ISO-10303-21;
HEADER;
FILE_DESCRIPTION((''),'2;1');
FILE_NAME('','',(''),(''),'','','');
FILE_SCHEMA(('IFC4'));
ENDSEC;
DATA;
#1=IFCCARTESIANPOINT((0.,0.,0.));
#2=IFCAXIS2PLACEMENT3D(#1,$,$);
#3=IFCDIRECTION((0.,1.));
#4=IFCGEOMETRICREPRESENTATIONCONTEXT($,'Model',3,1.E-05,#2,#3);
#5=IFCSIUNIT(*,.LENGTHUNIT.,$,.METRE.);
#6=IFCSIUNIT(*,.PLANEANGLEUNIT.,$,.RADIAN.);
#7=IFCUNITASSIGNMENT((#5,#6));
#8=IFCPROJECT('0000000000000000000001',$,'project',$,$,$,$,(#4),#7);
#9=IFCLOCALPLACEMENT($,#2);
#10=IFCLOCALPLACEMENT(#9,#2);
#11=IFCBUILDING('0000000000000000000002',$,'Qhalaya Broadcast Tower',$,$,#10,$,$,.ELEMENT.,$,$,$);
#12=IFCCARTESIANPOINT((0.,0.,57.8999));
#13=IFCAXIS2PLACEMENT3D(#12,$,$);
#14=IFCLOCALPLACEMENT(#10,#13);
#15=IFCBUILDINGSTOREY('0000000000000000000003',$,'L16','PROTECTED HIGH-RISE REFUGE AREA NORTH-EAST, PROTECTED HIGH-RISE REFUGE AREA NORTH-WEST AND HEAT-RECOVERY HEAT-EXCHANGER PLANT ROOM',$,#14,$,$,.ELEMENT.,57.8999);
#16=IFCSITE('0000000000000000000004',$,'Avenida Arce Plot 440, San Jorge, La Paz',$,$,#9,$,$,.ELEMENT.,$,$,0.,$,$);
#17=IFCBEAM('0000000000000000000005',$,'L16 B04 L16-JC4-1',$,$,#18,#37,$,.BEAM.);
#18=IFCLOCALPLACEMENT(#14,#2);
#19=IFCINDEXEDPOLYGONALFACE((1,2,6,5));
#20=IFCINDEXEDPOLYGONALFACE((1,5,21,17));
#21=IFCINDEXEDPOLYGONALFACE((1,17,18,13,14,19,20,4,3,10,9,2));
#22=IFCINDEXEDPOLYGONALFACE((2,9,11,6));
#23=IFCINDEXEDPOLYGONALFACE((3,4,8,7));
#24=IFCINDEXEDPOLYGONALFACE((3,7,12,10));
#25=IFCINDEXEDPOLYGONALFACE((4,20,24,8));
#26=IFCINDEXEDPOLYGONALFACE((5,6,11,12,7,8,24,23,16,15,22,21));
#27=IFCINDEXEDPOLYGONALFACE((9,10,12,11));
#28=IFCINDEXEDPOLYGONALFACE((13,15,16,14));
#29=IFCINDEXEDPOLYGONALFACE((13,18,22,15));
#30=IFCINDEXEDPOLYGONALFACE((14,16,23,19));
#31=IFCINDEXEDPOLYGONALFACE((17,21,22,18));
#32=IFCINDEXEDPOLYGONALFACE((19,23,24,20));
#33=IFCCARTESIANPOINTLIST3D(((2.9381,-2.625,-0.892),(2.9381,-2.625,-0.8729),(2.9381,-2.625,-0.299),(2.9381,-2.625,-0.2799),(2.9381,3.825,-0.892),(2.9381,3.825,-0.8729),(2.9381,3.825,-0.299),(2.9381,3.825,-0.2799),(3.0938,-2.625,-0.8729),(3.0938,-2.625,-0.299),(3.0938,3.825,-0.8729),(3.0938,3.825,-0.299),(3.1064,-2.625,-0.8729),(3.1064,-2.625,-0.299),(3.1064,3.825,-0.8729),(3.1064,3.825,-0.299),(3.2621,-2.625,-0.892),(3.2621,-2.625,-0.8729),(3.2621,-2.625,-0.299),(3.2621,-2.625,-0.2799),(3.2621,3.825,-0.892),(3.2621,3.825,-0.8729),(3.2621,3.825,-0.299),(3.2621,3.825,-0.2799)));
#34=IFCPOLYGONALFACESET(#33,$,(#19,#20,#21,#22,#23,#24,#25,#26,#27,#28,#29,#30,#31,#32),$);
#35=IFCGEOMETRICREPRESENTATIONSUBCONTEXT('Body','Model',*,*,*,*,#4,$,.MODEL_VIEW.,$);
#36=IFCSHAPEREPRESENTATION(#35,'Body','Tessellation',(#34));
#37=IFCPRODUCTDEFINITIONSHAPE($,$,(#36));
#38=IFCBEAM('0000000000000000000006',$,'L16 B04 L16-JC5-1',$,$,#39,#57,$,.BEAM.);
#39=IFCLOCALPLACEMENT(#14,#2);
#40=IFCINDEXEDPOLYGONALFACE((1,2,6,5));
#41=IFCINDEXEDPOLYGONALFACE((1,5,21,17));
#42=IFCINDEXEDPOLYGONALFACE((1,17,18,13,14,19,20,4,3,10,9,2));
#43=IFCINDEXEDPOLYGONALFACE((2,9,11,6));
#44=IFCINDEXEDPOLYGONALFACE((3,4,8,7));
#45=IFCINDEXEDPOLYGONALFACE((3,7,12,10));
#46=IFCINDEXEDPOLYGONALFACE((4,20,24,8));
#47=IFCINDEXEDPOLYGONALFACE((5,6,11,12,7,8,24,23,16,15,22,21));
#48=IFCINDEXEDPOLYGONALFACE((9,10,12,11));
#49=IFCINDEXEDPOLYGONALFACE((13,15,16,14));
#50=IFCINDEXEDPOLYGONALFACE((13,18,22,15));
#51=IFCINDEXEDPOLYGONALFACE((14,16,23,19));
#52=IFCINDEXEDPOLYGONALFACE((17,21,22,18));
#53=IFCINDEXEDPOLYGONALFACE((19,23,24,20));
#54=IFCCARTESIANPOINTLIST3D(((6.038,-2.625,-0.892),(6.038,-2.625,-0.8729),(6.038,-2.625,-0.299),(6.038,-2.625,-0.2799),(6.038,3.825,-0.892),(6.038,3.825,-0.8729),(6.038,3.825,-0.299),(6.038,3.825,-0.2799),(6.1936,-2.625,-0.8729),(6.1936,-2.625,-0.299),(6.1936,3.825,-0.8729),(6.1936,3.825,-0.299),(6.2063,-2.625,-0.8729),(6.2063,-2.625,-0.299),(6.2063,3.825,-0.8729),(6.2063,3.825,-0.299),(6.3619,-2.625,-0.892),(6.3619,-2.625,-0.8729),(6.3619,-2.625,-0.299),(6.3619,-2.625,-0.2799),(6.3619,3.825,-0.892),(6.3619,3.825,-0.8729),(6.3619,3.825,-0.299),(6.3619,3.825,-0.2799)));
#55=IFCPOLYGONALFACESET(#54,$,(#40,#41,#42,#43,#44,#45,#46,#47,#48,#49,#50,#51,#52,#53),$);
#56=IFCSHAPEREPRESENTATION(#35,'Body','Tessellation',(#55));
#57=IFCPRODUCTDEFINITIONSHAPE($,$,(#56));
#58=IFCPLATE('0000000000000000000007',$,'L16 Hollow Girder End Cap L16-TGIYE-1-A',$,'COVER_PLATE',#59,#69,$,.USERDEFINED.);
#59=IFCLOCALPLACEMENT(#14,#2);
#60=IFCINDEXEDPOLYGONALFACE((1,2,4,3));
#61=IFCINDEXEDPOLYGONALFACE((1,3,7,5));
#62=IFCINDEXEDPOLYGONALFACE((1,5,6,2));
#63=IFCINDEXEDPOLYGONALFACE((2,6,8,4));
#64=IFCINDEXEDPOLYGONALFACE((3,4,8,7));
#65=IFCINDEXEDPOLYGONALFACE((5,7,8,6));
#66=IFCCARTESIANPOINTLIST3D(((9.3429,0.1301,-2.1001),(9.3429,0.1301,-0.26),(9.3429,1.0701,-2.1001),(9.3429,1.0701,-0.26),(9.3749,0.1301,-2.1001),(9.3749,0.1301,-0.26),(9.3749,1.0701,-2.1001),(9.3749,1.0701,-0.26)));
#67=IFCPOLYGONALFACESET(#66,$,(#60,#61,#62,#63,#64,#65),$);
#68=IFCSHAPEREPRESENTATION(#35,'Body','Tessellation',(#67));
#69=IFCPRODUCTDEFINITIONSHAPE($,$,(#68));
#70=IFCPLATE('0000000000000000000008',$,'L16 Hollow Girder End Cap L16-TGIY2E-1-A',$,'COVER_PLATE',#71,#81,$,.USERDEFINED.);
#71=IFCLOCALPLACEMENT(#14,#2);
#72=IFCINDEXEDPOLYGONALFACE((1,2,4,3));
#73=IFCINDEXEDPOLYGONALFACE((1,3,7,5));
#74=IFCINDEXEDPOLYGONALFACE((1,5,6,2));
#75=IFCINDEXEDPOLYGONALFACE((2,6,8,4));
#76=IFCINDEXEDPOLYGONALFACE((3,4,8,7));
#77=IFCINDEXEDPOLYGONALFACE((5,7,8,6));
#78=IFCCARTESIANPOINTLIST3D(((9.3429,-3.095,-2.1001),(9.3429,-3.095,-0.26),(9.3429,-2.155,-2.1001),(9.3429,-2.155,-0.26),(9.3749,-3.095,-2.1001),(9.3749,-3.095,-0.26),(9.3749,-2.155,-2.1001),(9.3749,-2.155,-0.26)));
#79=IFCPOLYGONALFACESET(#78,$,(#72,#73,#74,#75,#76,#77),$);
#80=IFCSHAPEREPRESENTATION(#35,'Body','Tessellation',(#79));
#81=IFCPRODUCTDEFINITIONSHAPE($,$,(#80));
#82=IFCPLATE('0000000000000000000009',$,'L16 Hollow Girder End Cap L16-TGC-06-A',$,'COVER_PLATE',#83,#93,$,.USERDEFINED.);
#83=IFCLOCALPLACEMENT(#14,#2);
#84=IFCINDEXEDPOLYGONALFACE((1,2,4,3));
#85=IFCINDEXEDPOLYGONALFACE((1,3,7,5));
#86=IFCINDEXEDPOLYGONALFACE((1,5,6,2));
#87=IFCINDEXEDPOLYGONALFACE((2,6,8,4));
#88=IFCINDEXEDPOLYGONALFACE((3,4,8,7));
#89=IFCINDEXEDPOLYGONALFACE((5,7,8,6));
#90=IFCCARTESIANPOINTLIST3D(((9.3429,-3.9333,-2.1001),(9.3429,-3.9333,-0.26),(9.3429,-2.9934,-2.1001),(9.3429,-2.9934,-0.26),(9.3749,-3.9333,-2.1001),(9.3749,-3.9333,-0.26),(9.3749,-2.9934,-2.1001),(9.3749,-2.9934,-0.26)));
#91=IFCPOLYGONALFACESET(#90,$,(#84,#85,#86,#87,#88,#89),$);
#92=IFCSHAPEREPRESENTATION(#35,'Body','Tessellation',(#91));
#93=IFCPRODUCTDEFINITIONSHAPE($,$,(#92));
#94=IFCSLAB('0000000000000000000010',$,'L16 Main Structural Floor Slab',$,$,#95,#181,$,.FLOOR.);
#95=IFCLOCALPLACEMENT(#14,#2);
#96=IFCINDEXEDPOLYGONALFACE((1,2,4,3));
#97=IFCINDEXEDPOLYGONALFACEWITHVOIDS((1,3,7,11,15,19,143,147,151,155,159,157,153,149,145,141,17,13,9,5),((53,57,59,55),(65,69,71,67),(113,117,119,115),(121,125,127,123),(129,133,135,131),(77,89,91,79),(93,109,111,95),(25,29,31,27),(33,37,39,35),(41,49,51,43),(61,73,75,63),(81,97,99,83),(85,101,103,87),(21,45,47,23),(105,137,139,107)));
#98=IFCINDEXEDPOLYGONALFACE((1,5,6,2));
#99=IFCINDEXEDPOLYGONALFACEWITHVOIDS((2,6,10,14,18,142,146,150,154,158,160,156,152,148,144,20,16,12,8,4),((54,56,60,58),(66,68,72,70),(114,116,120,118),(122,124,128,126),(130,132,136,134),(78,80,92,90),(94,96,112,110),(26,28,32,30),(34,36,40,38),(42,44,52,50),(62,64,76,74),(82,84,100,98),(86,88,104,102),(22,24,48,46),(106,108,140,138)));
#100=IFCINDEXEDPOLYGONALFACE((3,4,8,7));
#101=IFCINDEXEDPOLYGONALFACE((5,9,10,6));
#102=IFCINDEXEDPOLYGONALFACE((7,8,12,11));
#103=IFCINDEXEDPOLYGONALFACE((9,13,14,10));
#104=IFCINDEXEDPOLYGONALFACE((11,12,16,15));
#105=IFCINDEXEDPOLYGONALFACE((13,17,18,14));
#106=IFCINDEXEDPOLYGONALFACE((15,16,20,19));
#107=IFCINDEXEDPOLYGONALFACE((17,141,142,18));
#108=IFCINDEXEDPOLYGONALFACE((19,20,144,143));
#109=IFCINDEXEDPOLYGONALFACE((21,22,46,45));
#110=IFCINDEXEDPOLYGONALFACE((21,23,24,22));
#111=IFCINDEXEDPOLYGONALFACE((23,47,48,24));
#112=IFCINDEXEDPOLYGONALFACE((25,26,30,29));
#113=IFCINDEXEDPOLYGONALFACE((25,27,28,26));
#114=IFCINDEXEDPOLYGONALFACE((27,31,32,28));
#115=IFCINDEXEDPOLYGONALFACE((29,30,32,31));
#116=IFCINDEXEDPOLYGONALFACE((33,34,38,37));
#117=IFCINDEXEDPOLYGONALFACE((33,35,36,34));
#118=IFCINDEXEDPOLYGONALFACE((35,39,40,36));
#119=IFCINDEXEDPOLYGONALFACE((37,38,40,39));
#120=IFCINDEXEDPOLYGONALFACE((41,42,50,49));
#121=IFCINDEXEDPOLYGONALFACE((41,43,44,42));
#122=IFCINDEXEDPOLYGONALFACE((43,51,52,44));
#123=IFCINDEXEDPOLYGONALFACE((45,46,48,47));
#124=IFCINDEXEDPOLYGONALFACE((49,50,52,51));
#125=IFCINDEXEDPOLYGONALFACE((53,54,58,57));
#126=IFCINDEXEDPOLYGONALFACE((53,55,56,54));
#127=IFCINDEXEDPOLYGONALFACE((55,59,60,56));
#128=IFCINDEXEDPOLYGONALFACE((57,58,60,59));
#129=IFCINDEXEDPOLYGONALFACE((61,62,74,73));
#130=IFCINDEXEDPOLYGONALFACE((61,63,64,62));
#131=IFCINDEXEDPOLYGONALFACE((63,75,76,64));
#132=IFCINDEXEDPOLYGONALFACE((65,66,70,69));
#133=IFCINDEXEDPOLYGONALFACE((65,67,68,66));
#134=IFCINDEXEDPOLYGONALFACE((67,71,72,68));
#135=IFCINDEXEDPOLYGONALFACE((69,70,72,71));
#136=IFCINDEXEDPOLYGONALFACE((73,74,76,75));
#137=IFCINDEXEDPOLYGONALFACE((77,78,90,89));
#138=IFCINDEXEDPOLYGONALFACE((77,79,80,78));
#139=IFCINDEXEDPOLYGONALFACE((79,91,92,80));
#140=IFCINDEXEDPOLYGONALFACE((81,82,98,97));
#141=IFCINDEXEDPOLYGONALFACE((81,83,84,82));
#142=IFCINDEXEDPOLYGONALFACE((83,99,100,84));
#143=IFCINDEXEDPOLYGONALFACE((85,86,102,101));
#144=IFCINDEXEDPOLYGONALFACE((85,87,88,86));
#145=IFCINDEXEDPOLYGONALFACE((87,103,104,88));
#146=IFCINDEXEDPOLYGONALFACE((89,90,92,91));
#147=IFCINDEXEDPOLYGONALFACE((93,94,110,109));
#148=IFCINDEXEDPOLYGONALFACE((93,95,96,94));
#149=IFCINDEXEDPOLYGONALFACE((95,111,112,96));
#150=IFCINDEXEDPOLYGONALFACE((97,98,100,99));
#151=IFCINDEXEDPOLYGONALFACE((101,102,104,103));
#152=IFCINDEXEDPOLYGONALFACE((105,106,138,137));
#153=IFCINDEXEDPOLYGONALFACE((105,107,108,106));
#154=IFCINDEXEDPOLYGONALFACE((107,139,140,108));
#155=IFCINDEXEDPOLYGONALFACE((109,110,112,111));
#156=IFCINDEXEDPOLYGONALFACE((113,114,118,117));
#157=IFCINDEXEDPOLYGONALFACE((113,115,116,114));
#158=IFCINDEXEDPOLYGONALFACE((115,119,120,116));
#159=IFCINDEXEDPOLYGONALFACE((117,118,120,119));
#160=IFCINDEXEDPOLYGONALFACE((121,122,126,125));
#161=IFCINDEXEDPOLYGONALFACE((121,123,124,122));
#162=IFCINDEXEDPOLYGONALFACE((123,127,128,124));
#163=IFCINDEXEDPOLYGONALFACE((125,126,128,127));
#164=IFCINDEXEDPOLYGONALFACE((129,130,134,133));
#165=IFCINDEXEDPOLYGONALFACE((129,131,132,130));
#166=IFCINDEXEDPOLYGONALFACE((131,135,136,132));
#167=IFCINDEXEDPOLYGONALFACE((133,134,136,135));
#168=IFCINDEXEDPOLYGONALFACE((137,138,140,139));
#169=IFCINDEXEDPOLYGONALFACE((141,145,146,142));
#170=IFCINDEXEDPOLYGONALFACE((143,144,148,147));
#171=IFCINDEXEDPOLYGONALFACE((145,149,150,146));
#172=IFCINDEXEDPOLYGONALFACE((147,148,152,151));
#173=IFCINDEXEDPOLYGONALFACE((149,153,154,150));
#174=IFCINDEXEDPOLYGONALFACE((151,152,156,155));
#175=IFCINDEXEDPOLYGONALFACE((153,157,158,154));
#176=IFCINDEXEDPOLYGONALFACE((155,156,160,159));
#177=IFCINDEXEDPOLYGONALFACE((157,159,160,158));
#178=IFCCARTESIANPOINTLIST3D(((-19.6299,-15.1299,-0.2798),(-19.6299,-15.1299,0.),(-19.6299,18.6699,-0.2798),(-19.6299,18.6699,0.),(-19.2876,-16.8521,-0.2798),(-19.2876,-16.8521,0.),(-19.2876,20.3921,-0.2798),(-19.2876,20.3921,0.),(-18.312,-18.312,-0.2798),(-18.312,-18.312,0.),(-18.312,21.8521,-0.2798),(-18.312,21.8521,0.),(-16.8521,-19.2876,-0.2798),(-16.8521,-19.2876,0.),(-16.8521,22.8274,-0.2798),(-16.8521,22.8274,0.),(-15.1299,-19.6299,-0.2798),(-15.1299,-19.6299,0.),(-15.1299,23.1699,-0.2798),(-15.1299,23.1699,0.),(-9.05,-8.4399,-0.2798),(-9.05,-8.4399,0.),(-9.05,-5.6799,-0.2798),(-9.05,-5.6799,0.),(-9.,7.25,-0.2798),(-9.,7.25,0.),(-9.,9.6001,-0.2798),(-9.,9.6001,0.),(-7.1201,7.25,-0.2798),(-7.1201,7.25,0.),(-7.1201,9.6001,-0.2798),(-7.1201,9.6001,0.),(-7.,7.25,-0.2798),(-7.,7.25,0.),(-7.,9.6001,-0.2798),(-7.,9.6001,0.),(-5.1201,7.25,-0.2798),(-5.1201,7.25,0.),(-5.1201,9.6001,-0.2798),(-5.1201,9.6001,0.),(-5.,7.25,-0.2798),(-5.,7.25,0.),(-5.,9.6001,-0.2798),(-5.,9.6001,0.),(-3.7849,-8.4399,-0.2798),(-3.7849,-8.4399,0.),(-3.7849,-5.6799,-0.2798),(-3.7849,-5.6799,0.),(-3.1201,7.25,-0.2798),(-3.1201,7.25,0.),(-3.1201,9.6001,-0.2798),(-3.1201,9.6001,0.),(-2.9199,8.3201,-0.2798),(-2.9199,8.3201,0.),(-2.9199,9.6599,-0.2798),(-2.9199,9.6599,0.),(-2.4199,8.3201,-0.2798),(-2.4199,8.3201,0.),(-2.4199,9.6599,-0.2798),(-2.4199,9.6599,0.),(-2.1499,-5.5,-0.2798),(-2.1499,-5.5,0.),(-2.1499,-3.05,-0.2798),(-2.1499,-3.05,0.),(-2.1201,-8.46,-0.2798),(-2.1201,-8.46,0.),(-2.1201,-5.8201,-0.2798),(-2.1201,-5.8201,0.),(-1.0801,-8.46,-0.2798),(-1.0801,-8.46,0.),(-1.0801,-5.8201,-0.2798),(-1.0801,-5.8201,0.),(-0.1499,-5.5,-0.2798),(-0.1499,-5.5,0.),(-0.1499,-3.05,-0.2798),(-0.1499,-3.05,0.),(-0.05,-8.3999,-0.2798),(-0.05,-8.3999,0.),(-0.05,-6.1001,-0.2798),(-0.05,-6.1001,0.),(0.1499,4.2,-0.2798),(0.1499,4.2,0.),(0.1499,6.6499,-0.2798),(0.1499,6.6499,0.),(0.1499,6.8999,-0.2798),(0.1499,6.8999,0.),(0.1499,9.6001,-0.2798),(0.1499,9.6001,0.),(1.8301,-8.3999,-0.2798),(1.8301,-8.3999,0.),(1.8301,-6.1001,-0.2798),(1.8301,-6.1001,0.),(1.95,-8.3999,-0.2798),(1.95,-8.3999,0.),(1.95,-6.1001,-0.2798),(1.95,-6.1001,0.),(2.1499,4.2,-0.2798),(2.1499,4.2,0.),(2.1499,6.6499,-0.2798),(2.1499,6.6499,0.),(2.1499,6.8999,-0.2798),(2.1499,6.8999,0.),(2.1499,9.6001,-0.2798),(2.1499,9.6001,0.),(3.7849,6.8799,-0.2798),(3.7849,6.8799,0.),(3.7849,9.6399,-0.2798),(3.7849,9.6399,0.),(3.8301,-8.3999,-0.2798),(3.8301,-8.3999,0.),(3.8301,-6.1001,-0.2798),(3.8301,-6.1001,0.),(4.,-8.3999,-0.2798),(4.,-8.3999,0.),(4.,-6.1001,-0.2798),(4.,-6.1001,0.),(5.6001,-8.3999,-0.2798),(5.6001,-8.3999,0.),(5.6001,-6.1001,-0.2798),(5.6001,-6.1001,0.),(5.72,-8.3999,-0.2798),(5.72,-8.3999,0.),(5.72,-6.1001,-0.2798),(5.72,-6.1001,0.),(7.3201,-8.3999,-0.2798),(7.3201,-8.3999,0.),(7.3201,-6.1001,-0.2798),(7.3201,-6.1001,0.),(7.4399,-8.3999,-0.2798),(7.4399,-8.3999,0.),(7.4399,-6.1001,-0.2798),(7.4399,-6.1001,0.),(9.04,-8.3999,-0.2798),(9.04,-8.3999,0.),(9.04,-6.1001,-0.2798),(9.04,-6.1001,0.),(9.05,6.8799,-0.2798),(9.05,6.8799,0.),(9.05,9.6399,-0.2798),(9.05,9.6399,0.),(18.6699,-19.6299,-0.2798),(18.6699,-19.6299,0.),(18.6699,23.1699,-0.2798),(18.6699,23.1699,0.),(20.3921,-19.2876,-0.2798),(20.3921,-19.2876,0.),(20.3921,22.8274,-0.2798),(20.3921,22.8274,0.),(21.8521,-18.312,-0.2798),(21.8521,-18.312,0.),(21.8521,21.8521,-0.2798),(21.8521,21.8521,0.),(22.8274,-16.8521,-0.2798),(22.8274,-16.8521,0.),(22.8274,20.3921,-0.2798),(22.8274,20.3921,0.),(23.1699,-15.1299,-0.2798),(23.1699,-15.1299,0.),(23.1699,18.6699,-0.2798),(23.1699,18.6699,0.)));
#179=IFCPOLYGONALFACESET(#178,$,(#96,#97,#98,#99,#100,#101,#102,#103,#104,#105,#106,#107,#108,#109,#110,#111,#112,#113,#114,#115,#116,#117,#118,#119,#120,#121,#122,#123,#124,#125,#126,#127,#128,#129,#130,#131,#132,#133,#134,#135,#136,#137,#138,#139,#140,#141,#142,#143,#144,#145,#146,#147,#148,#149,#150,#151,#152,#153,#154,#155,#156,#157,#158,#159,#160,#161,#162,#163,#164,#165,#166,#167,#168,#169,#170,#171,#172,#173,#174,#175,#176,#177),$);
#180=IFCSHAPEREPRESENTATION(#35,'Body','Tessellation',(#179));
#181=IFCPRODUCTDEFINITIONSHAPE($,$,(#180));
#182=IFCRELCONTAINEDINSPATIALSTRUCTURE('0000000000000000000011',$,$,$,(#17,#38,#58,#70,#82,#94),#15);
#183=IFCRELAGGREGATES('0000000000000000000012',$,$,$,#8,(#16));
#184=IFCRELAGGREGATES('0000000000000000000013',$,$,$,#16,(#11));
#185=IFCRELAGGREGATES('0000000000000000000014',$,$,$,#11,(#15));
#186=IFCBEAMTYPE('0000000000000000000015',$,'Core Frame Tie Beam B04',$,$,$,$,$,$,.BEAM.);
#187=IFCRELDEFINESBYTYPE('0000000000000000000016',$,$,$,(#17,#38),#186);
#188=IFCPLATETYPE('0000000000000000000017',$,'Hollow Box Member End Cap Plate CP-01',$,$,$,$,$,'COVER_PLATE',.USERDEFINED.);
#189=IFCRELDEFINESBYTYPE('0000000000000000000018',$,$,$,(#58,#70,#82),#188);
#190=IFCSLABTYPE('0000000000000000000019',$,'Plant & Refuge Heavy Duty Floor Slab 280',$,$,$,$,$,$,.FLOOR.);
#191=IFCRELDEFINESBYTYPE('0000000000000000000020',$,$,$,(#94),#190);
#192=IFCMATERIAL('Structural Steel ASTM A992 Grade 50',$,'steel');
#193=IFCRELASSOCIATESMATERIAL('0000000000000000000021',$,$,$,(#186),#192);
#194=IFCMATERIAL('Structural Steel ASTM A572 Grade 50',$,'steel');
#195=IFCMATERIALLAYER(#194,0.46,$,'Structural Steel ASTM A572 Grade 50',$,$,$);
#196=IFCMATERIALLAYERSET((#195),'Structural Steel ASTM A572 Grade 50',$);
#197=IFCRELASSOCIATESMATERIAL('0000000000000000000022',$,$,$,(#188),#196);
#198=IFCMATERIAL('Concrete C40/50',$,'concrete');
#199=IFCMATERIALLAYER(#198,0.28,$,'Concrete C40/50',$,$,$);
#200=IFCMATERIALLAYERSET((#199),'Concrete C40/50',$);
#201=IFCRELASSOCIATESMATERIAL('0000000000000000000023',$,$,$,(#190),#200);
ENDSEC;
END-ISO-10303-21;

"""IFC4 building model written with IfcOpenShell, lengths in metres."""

from ifc_helpers import new_model, si_unit, direction, frame, origin, origin_2d, place, context, subcontext, project, spatial, polyline, rectangle, i_section, outline, extrude, material, layer, layer_set, material_profile, profile_set, type_object, element, save


model = new_model("IFC4")

# Units and contexts
model_context = context("Model", 3, precision=1e-05, world=origin(), true_north=direction((0.0, 1.0)))
body_context = subcontext(model_context, "Body", "Model", "MODEL_VIEW")
ifc_project = project(units=[si_unit("LENGTHUNIT", "METRE"), si_unit("PLANEANGLEUNIT", "RADIAN")], contexts=[model_context])

# Site, building, storey
site_placement = place(None, origin())
site = spatial("IfcSite", under=ifc_project, at=site_placement, Name="Avenida Arce Plot 440, San Jorge, La Paz", CompositionType="ELEMENT", RefElevation=0.0)
building_placement = place(site_placement, origin())
building = spatial("IfcBuilding", under=site, at=building_placement, Name="Qhalaya Broadcast Tower", CompositionType="ELEMENT")
storey_placement = place(building_placement, frame((0.0, 0.0, 57.8999)))
storey = spatial("IfcBuildingStorey", under=building, at=storey_placement, Name="L16", Description="PROTECTED HIGH-RISE REFUGE AREA NORTH-EAST, PROTECTED HIGH-RISE REFUGE AREA NORTH-WEST AND HEAT-RECOVERY HEAT-EXCHANGER PLANT ROOM", CompositionType="ELEMENT", Elevation=57.8999)

# Beams
ifc_material_1 = material(Name="Structural Steel ASTM A992 Grade 50", Category="steel")
ifc_material_profile = material_profile(ifc_material_1, i_section(OverallWidth=0.324, OverallDepth=0.6121, WebThickness=0.0127, FlangeThickness=0.019, at=origin_2d()), Name="W24X104")
ifc_profile_set = profile_set([ifc_material_profile], Name="Structural Steel ASTM A992 Grade 50")
beam_type = type_object("IfcBeamType", Name="Core Frame Tie Beam B04", PredefinedType="BEAM", material=ifc_profile_set)
for number, where, z_axis, x_axis, name in (
    (1, (3.1001, -2.625, -0.5859), (0.0, 1.0, 0.0), (-1.0, 0.0, 0.0), "L16 B04 L16-JC4-1"),
    (2, (6.2, -2.625, -0.5859), (0.0, 1.0, 0.0), (-1.0, 0.0, 0.0), "L16 B04 L16-JC5-1"),
):
    element("IfcBeam", number, at=place(storey_placement, frame(where, z_axis=z_axis, x_axis=x_axis)), inside=storey, type_object=beam_type, Name=name, PredefinedType="BEAM", context=body_context, shape_type="SweptSolid", body=[
        extrude(i_section(OverallWidth=0.324, OverallDepth=0.6121, WebThickness=0.0127, FlangeThickness=0.019, at=origin_2d()), origin(), (0.0, 0.0, 1.0), 6.45),
    ])

# Plates
ifc_material_2 = material(Name="Structural Steel ASTM A572 Grade 50", Category="steel")
ifc_layer_1 = layer(ifc_material_2, 0.46, Name="Structural Steel ASTM A572 Grade 50")
ifc_layer_set_1 = layer_set([ifc_layer_1], Name="Structural Steel ASTM A572 Grade 50")
plate_type = type_object("IfcPlateType", Name="Hollow Box Member End Cap Plate CP-01", ElementType="COVER_PLATE", PredefinedType="USERDEFINED", material=ifc_layer_set_1)
for number, where, z_axis, x_axis, name in (
    (3, (9.3589, 0.6001, -2.1001), (0.0, 0.0, 1.0), (0.0, 1.0, 0.0), "L16 Hollow Girder End Cap L16-TGIYE-1-A"),
    (4, (9.3589, -2.625, -2.1001), (0.0, 0.0, 1.0), (0.0, 1.0, 0.0), "L16 Hollow Girder End Cap L16-TGIY2E-1-A"),
    (5, (9.3589, -3.4634, -2.1001), (0.0, 0.0, 1.0), (0.0, 1.0, 0.0), "L16 Hollow Girder End Cap L16-TGC-06-A"),
):
    element("IfcPlate", number, at=place(storey_placement, frame(where, z_axis=z_axis, x_axis=x_axis)), inside=storey, type_object=plate_type, Name=name, ObjectType="COVER_PLATE", PredefinedType="USERDEFINED", context=body_context, shape_type="SweptSolid", body=[
        extrude(rectangle(XDim=0.9399, YDim=0.032, at=origin_2d()), origin(), (0.0, 0.0, 1.0), 1.8401),
    ])

# Slab
ifc_material_3 = material(Name="Concrete C40/50", Category="concrete")
ifc_layer_2 = layer(ifc_material_3, 0.28, Name="Concrete C40/50")
ifc_layer_set_2 = layer_set([ifc_layer_2], Name="Concrete C40/50")
slab_type_1 = type_object("IfcSlabType", Name="Plant & Refuge Heavy Duty Floor Slab 280", PredefinedType="FLOOR", material=ifc_layer_set_2)
slab_1_placement = place(storey_placement, frame((0.0, 0.0, -0.2798)))
element("IfcSlab", 6, at=slab_1_placement, inside=storey, type_object=slab_type_1, Name="L16 Main Structural Floor Slab", PredefinedType="FLOOR", context=body_context, shape_type="SweptSolid", body=[
    extrude(outline(polyline([(18.6699, -19.6299), (20.3921, -19.2876), (21.8521, -18.312), (22.8274, -16.8521), (23.1699, -15.1299), (23.1699, 18.6699), (22.8274, 20.3921), (21.8521, 21.8521), (20.3921, 22.8274), (18.6699, 23.1699), (-15.1299, 23.1699), (-16.8521, 22.8274), (-18.312, 21.8521), (-19.2876, 20.3921), (-19.6299, 18.6699), (-19.6299, -15.1299), (-19.2876, -16.8521), (-18.312, -18.312), (-16.8521, -19.2876), (-15.1299, -19.6299), (18.6699, -19.6299)]), holes=[polyline([(3.7849, 9.6399), (9.05, 9.6399), (9.05, 6.8799), (3.7849, 6.8799), (3.7849, 9.6399)]), polyline([(-3.7849, -8.4399), (-9.05, -8.4399), (-9.05, -5.6799), (-3.7849, -5.6799), (-3.7849, -8.4399)]), polyline([(0.1499, 6.6499), (2.1499, 6.6499), (2.1499, 4.2), (0.1499, 4.2), (0.1499, 6.6499)]), polyline([(0.1499, 9.6001), (2.1499, 9.6001), (2.1499, 6.8999), (0.1499, 6.8999), (0.1499, 9.6001)]), polyline([(-2.1499, -3.05), (-0.1499, -3.05), (-0.1499, -5.5), (-2.1499, -5.5), (-2.1499, -3.05)]), polyline([(-9.0, 9.6001), (-7.1201, 9.6001), (-7.1201, 7.25), (-9.0, 7.25), (-9.0, 9.6001)]), polyline([(-7.0, 9.6001), (-5.1201, 9.6001), (-5.1201, 7.25), (-7.0, 7.25), (-7.0, 9.6001)]), polyline([(-5.0, 9.6001), (-3.1201, 9.6001), (-3.1201, 7.25), (-5.0, 7.25), (-5.0, 9.6001)]), polyline([(-0.05, -6.1001), (1.8301, -6.1001), (1.8301, -8.3999), (-0.05, -8.3999), (-0.05, -6.1001)]), polyline([(1.95, -6.1001), (3.8301, -6.1001), (3.8301, -8.3999), (1.95, -8.3999), (1.95, -6.1001)]), polyline([(4.0, -6.1001), (5.6001, -6.1001), (5.6001, -8.3999), (4.0, -8.3999), (4.0, -6.1001)]), polyline([(5.72, -6.1001), (7.3201, -6.1001), (7.3201, -8.3999), (5.72, -8.3999), (5.72, -6.1001)]), polyline([(7.4399, -6.1001), (9.04, -6.1001), (9.04, -8.3999), (7.4399, -8.3999), (7.4399, -6.1001)]), polyline([(-2.9199, 9.6599), (-2.4199, 9.6599), (-2.4199, 8.3201), (-2.9199, 8.3201), (-2.9199, 9.6599)]), polyline([(-2.1201, -5.8201), (-1.0801, -5.8201), (-1.0801, -8.46), (-2.1201, -8.46), (-2.1201, -5.8201)])]), origin(), (0.0, 0.0, 1.0), 0.2798),
])

save(model, "model.ifc")
